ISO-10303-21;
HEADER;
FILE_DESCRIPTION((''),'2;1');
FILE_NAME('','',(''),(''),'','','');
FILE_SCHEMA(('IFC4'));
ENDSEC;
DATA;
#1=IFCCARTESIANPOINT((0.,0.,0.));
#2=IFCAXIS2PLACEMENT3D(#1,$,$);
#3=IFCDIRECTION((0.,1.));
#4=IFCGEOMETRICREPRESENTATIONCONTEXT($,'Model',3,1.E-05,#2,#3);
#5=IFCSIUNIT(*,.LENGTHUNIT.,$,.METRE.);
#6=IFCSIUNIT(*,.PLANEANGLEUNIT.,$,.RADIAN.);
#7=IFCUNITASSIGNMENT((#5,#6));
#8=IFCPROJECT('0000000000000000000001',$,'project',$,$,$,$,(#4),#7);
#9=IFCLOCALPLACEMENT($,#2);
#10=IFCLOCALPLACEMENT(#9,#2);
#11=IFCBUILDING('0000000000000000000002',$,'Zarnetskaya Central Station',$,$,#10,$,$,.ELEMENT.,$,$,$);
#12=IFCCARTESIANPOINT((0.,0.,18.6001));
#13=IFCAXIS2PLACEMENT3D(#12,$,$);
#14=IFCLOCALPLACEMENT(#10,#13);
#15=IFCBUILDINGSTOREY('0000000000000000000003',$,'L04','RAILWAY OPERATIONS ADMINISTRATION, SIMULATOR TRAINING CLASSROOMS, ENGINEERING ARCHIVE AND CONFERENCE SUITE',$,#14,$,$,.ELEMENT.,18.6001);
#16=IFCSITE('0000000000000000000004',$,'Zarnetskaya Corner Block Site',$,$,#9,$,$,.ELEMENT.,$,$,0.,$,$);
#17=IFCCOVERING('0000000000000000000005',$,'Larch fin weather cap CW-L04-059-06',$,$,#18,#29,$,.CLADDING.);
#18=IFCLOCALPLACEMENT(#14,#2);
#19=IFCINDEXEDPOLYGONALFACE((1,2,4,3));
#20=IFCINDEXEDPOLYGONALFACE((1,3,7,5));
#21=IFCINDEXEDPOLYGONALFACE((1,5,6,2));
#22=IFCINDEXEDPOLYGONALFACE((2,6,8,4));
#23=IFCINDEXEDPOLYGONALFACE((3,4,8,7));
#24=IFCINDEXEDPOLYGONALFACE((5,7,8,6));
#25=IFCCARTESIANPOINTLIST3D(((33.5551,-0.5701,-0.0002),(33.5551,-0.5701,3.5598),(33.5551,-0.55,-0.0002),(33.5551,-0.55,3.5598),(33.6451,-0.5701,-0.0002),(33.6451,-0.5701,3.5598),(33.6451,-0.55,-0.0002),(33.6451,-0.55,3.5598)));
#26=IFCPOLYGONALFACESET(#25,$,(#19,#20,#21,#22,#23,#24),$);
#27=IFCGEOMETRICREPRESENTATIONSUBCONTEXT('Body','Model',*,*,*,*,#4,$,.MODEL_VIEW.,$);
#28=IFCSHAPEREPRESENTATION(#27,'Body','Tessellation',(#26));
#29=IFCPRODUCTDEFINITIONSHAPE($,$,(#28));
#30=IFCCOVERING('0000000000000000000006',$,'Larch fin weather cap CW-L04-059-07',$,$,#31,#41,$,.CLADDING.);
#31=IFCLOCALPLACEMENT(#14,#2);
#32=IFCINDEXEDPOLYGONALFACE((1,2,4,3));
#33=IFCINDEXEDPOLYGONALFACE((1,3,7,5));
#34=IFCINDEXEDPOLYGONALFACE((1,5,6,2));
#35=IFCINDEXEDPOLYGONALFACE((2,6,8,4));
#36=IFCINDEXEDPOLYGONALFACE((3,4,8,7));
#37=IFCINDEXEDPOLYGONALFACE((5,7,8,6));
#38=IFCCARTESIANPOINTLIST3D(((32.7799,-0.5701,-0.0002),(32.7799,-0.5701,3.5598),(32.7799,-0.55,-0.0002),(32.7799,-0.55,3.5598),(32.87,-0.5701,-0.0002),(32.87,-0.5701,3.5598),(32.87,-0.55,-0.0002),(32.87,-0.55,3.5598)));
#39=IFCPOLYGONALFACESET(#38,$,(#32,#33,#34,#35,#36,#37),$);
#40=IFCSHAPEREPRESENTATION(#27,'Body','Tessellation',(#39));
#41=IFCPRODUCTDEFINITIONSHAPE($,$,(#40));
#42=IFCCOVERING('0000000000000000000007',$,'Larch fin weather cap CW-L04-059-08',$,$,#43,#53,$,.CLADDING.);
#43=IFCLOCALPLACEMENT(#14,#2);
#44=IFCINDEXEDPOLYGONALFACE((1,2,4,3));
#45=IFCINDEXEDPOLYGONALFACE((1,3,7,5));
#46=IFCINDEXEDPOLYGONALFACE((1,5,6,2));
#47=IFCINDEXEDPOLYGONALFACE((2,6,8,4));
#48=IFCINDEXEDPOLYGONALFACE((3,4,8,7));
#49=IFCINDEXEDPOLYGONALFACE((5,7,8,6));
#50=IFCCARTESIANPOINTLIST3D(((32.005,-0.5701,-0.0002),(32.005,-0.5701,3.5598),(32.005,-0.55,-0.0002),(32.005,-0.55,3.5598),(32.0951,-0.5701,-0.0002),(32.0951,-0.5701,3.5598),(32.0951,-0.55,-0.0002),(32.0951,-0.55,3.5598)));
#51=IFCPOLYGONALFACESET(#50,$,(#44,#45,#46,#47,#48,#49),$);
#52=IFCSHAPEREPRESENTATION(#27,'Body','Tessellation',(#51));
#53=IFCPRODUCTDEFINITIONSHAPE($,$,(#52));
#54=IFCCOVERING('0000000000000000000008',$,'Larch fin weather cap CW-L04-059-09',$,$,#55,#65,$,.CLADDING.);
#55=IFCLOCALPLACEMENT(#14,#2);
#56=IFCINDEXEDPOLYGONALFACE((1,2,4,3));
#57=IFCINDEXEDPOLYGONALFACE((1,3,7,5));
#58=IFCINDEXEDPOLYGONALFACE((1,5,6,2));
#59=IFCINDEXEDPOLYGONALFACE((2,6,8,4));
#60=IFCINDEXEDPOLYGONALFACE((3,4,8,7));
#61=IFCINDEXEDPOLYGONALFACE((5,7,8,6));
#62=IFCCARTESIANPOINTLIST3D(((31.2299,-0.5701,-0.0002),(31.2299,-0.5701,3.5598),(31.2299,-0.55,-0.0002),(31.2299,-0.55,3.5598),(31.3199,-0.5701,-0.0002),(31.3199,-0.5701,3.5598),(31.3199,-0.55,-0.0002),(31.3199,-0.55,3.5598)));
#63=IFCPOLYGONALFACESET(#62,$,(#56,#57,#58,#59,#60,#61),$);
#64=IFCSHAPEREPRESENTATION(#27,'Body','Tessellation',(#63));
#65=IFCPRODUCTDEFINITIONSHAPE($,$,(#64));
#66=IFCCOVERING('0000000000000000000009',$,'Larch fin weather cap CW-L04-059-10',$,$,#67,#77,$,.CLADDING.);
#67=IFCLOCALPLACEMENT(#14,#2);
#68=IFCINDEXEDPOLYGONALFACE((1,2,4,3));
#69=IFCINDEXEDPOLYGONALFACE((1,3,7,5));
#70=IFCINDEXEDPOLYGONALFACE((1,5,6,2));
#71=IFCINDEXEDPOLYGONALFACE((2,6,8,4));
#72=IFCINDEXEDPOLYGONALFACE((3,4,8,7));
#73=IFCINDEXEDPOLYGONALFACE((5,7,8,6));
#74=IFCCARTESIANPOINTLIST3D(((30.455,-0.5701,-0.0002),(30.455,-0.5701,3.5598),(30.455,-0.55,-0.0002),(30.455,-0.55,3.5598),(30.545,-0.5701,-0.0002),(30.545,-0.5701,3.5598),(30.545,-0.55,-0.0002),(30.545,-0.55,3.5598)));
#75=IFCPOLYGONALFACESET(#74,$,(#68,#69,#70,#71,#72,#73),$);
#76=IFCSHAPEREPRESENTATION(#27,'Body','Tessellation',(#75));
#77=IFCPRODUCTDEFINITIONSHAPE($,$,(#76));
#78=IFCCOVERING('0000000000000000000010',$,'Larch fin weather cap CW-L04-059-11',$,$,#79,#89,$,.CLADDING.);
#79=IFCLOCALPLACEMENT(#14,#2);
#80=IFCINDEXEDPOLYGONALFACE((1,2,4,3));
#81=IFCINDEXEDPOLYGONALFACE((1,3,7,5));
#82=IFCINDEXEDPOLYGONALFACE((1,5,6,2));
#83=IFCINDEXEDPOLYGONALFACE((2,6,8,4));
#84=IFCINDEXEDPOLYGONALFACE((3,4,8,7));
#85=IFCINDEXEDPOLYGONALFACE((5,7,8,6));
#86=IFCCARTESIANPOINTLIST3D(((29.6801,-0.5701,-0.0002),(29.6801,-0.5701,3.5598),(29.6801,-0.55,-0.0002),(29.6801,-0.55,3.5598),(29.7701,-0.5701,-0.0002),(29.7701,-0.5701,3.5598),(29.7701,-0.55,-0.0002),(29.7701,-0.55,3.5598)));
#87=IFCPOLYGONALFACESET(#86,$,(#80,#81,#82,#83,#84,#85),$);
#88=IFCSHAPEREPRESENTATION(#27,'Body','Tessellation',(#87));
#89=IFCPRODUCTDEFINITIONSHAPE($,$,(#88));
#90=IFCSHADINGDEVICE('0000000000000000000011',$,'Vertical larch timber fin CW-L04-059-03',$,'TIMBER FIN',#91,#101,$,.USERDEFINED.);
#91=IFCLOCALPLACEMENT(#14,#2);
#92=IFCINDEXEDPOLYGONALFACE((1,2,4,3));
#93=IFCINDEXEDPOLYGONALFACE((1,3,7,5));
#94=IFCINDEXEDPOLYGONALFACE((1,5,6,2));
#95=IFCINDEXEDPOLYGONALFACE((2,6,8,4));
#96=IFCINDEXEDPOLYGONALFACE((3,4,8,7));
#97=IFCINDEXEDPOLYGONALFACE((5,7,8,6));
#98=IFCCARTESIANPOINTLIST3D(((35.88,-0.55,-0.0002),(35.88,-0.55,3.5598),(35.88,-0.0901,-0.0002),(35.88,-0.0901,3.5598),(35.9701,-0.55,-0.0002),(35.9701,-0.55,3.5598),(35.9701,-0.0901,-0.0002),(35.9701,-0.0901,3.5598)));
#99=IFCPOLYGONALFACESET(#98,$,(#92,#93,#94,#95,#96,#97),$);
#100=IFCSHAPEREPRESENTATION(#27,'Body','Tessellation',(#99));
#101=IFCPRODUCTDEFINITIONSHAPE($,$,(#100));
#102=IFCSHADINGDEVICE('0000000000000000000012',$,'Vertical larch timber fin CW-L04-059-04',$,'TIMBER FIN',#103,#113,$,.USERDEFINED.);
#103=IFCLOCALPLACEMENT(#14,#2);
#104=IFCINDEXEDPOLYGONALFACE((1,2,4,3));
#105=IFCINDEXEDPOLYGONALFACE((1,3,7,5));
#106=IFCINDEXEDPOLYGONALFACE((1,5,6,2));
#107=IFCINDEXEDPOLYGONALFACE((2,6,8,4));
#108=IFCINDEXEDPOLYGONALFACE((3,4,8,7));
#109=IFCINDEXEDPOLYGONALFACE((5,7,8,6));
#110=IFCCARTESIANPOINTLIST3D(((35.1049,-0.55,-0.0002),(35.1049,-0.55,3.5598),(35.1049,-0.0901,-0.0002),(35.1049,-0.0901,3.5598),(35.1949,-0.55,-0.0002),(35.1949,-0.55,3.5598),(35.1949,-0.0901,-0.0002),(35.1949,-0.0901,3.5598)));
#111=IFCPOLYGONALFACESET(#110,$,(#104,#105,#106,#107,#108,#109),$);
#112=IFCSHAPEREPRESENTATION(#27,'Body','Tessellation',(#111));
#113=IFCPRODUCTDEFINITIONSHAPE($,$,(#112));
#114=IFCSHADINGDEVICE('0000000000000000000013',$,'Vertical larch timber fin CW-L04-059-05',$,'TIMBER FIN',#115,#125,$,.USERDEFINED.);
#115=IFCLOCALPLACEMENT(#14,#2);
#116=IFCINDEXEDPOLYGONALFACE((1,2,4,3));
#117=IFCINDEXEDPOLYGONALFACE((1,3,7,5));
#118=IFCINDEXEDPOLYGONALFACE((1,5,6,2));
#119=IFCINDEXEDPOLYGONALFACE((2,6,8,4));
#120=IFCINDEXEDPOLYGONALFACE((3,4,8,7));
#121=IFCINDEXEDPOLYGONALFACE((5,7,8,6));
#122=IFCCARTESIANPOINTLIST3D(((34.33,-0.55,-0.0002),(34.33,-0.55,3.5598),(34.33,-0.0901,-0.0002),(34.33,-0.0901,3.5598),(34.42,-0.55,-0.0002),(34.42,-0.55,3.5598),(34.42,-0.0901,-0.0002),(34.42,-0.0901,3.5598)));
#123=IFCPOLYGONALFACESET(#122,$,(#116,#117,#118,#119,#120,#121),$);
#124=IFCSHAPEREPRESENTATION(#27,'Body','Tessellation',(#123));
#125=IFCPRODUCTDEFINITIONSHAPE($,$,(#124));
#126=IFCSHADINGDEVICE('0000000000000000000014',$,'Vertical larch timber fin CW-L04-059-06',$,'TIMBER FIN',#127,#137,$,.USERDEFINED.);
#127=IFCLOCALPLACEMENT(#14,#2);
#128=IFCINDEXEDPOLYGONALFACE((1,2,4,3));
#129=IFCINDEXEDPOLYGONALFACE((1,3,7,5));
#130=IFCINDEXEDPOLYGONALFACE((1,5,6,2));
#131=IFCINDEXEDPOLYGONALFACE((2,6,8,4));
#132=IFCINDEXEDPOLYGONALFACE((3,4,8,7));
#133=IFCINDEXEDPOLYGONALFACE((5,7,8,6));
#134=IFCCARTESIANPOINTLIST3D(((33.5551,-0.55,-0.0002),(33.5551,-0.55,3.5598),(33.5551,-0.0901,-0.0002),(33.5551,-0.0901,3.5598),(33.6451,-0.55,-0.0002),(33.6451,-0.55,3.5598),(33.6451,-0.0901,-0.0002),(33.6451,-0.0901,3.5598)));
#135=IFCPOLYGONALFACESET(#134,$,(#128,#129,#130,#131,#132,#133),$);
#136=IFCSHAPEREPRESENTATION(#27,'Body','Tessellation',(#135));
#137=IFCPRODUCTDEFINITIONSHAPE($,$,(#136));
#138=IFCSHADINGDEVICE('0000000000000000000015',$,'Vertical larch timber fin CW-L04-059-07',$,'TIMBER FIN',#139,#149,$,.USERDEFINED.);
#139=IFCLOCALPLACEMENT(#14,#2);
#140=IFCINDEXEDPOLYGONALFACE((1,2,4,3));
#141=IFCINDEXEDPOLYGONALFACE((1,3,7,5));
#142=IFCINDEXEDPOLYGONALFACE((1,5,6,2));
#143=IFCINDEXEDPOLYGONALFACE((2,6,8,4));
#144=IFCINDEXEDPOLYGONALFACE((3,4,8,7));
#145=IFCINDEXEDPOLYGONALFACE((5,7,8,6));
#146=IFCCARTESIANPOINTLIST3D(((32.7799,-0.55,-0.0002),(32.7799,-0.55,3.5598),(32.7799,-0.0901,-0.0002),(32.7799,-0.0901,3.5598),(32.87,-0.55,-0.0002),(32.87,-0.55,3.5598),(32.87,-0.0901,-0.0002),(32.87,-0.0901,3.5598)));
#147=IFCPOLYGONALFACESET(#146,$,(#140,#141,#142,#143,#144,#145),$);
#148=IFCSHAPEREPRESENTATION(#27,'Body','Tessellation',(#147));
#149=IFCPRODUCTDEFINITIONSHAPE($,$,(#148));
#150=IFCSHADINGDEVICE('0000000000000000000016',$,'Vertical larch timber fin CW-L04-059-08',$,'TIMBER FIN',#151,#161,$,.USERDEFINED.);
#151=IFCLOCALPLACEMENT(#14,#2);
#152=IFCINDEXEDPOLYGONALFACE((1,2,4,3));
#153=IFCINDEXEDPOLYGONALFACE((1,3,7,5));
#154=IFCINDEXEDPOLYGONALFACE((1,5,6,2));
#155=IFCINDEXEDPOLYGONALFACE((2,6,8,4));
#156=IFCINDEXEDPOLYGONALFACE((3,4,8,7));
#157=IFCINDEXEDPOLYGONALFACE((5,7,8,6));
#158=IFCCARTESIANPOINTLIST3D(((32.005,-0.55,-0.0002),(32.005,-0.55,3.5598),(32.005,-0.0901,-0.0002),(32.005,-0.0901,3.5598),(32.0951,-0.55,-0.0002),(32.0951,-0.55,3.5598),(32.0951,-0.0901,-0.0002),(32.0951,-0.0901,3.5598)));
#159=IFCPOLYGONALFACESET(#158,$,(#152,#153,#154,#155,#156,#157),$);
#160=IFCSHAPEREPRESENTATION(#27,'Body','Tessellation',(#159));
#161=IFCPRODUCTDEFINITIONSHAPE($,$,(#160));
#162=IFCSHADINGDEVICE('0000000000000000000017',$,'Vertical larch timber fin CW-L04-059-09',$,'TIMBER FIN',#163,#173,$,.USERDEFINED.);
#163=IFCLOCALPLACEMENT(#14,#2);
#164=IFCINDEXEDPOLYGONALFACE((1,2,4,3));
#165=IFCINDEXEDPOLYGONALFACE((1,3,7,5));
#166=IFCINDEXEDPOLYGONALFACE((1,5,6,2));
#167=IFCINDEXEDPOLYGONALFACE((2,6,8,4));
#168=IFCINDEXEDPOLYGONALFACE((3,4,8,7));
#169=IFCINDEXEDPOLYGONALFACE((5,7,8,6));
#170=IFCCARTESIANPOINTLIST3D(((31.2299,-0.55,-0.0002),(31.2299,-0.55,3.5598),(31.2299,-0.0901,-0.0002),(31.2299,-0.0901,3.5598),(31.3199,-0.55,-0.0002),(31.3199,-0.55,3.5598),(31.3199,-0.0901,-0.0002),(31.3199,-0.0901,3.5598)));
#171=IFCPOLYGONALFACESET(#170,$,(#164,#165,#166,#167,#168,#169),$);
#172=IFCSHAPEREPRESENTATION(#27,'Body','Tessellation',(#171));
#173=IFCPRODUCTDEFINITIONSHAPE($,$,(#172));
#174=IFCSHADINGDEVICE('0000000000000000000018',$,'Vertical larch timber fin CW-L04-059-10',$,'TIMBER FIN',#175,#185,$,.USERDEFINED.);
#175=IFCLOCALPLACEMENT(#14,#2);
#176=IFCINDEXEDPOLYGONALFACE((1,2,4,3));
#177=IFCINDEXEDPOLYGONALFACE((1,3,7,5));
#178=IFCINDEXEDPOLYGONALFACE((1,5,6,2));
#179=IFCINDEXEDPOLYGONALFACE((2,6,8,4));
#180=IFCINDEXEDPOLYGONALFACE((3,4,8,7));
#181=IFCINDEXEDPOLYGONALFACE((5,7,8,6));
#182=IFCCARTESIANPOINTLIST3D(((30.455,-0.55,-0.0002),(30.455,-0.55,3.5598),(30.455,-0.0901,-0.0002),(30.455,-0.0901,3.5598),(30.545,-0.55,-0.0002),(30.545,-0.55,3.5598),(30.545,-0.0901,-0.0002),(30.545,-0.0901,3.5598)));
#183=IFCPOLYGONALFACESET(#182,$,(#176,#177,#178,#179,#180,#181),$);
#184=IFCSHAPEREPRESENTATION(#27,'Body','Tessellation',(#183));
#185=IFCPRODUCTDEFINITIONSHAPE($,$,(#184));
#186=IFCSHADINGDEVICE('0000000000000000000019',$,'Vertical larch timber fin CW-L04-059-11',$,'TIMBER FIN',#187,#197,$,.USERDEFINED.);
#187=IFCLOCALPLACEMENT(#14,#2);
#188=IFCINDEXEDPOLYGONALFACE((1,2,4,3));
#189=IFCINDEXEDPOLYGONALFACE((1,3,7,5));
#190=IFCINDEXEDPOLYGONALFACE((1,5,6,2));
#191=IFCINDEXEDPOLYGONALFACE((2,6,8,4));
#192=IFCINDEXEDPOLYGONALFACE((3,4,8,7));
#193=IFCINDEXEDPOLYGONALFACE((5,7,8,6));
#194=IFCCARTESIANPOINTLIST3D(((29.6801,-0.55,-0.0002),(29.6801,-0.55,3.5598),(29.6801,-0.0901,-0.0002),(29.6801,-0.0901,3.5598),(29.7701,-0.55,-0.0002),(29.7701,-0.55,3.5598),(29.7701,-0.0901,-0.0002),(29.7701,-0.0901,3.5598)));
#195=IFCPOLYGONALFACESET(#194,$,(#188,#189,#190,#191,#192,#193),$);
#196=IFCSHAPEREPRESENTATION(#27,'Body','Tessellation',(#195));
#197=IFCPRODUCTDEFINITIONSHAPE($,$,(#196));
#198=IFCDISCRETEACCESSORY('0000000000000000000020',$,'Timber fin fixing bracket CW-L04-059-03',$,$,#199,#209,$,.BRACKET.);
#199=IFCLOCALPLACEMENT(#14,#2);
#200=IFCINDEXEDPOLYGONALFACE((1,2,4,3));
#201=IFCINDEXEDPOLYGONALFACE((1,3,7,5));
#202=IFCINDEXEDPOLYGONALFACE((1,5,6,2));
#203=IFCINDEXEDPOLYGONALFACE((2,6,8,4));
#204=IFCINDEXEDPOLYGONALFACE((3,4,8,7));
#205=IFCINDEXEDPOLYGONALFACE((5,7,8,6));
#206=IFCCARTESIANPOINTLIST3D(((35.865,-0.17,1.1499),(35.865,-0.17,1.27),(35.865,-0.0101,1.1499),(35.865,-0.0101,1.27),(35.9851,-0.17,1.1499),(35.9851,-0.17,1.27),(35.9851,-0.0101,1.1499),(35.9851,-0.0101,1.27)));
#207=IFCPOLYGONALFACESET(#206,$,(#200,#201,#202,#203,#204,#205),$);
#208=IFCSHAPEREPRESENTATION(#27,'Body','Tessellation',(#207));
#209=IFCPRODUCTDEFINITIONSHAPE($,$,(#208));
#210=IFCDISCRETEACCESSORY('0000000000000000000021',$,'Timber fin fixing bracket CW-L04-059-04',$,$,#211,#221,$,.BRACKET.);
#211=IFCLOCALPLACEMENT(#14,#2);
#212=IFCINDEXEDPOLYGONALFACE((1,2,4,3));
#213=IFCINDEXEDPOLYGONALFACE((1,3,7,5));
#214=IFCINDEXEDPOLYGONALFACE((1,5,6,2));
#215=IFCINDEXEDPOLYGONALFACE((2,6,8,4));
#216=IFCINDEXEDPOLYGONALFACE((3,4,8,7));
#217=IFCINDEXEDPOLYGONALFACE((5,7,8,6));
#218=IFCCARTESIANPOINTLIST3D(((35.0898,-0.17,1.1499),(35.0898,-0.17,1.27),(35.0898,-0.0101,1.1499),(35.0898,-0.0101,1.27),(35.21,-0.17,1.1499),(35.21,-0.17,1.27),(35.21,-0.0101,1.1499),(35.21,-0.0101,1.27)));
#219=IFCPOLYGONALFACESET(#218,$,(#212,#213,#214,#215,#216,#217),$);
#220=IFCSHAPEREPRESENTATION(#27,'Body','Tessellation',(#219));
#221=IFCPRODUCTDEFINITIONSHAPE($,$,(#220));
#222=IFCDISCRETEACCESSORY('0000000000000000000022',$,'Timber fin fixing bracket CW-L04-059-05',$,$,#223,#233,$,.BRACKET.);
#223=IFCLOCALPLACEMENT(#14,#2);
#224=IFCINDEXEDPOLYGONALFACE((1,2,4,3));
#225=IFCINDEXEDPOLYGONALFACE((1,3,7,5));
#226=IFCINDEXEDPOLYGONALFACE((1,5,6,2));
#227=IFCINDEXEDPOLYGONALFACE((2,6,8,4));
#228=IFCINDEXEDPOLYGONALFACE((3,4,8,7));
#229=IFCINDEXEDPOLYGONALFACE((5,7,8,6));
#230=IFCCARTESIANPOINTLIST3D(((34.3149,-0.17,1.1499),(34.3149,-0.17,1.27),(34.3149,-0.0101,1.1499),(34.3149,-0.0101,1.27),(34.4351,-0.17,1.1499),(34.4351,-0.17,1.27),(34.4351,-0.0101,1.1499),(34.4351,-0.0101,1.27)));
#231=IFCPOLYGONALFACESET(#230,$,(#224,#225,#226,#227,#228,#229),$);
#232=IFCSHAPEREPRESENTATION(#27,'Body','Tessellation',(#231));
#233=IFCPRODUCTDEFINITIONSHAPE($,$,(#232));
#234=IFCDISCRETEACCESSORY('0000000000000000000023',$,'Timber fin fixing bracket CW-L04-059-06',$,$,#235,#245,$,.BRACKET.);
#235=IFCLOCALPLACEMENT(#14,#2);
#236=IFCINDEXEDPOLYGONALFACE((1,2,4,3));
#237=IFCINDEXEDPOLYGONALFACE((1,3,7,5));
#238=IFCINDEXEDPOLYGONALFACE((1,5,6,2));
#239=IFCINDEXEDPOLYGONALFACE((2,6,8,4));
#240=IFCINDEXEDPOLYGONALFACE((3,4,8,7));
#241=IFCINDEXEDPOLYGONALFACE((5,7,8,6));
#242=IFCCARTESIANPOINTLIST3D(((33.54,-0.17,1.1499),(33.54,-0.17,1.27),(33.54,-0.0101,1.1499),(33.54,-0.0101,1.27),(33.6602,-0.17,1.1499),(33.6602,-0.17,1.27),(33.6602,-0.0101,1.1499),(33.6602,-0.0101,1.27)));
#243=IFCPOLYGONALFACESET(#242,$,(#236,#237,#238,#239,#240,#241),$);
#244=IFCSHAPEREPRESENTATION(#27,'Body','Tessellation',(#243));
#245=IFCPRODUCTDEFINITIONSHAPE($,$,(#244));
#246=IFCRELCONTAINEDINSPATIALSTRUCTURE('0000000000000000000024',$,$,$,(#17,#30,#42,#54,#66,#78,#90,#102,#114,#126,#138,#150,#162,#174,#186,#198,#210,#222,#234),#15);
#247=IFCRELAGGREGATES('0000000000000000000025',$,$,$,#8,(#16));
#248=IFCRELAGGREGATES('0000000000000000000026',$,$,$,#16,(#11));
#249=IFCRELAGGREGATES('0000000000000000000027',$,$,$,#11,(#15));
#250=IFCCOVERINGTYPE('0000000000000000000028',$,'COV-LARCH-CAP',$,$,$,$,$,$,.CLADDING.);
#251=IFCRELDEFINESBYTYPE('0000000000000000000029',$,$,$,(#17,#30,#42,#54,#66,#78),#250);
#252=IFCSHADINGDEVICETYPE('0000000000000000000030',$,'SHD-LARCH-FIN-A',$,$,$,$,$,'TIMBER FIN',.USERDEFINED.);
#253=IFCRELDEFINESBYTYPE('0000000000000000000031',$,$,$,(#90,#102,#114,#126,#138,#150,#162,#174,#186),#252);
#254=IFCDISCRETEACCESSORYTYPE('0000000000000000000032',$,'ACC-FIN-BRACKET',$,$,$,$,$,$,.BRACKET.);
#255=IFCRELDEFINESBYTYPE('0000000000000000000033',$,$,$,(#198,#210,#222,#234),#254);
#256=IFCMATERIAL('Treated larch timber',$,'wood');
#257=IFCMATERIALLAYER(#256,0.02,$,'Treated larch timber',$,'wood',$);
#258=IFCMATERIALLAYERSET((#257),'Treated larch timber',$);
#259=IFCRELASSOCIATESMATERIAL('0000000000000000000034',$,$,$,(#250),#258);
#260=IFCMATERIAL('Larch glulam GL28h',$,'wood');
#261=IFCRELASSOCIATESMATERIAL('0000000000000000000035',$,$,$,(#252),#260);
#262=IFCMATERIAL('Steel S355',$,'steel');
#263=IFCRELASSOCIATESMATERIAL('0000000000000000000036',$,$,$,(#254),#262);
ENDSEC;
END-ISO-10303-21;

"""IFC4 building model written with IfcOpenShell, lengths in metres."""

from ifc_helpers import new_model, si_unit, direction, frame, origin, origin_2d, place, context, subcontext, project, spatial, rectangle, extrude, material, layer, layer_set, type_object, element, save


model = new_model("IFC4")

# Units and contexts
model_context = context("Model", 3, precision=1e-05, world=origin(), true_north=direction((0.0, 1.0)))
body_context = subcontext(model_context, "Body", "Model", "MODEL_VIEW")
ifc_project = project(units=[si_unit("LENGTHUNIT", "METRE"), si_unit("PLANEANGLEUNIT", "RADIAN")], contexts=[model_context])

# Site, building, storey
site_placement = place(None, origin())
site = spatial("IfcSite", under=ifc_project, at=site_placement, Name="Zarnetskaya Corner Block Site", CompositionType="ELEMENT", RefElevation=0.0)
building_placement = place(site_placement, origin())
building = spatial("IfcBuilding", under=site, at=building_placement, Name="Zarnetskaya Central Station", CompositionType="ELEMENT")
storey_placement = place(building_placement, frame((0.0, 0.0, 18.6001)))
storey = spatial("IfcBuildingStorey", under=building, at=storey_placement, Name="L04", Description="RAILWAY OPERATIONS ADMINISTRATION, SIMULATOR TRAINING CLASSROOMS, ENGINEERING ARCHIVE AND CONFERENCE SUITE", CompositionType="ELEMENT", Elevation=18.6001)

# Coverings
ifc_material_1 = material(Name="Treated larch timber", Category="wood")
ifc_layer_1 = layer(ifc_material_1, 0.02, Name="Treated larch timber", Category="wood")
ifc_layer_set_1 = layer_set([ifc_layer_1], Name="Treated larch timber")
covering_type = type_object("IfcCoveringType", Name="COV-LARCH-CAP", PredefinedType="CLADDING", material=ifc_layer_set_1)
for number, where, z_axis, x_axis, name in (
    (1, (33.6001, -0.5601, -0.0002), (0.0, 0.0, 1.0), (-1.0, 0.0, 0.0), "Larch fin weather cap CW-L04-059-06"),
    (2, (32.825, -0.5601, -0.0002), (0.0, 0.0, 1.0), (-1.0, 0.0, 0.0), "Larch fin weather cap CW-L04-059-07"),
    (3, (32.05, -0.5601, -0.0002), (0.0, 0.0, 1.0), (-1.0, 0.0, 0.0), "Larch fin weather cap CW-L04-059-08"),
    (4, (31.2749, -0.5601, -0.0002), (0.0, 0.0, 1.0), (-1.0, 0.0, 0.0), "Larch fin weather cap CW-L04-059-09"),
    (5, (30.5, -0.5601, -0.0002), (0.0, 0.0, 1.0), (-1.0, 0.0, 0.0), "Larch fin weather cap CW-L04-059-10"),
    (6, (29.7251, -0.5601, -0.0002), (0.0, 0.0, 1.0), (-1.0, 0.0, 0.0), "Larch fin weather cap CW-L04-059-11"),
):
    element("IfcCovering", number, at=place(storey_placement, frame(where, z_axis=z_axis, x_axis=x_axis)), inside=storey, type_object=covering_type, Name=name, PredefinedType="CLADDING", context=body_context, shape_type="SweptSolid", body=[
        extrude(rectangle(XDim=0.0901, YDim=0.02, at=origin_2d()), origin(), (0.0, 0.0, 1.0), 3.5601),
    ])

# Shading devices
ifc_material_2 = material(Name="Larch glulam GL28h", Category="wood")
shading_device_type = type_object("IfcShadingDeviceType", Name="SHD-LARCH-FIN-A", ElementType="TIMBER FIN", PredefinedType="USERDEFINED", material=ifc_material_2)
for number, where, z_axis, x_axis, name in (
    (7, (35.925, -0.3201, -0.0002), (0.0, 0.0, 1.0), (-1.0, 0.0, 0.0), "Vertical larch timber fin CW-L04-059-03"),
    (8, (35.1499, -0.3201, -0.0002), (0.0, 0.0, 1.0), (-1.0, 0.0, 0.0), "Vertical larch timber fin CW-L04-059-04"),
    (9, (34.375, -0.3201, -0.0002), (0.0, 0.0, 1.0), (-1.0, 0.0, 0.0), "Vertical larch timber fin CW-L04-059-05"),
    (10, (33.6001, -0.3201, -0.0002), (0.0, 0.0, 1.0), (-1.0, 0.0, 0.0), "Vertical larch timber fin CW-L04-059-06"),
    (11, (32.825, -0.3201, -0.0002), (0.0, 0.0, 1.0), (-1.0, 0.0, 0.0), "Vertical larch timber fin CW-L04-059-07"),
    (12, (32.05, -0.3201, -0.0002), (0.0, 0.0, 1.0), (-1.0, 0.0, 0.0), "Vertical larch timber fin CW-L04-059-08"),
    (13, (31.2749, -0.3201, -0.0002), (0.0, 0.0, 1.0), (-1.0, 0.0, 0.0), "Vertical larch timber fin CW-L04-059-09"),
    (14, (30.5, -0.3201, -0.0002), (0.0, 0.0, 1.0), (-1.0, 0.0, 0.0), "Vertical larch timber fin CW-L04-059-10"),
    (15, (29.7251, -0.3201, -0.0002), (0.0, 0.0, 1.0), (-1.0, 0.0, 0.0), "Vertical larch timber fin CW-L04-059-11"),
):
    element("IfcShadingDevice", number, at=place(storey_placement, frame(where, z_axis=z_axis, x_axis=x_axis)), inside=storey, type_object=shading_device_type, Name=name, ObjectType="TIMBER FIN", PredefinedType="USERDEFINED", context=body_context, shape_type="SweptSolid", body=[
        extrude(rectangle(XDim=0.0901, YDim=0.46, at=origin_2d()), origin(), (0.0, 0.0, 1.0), 3.5601),
    ])

# Discrete accessories
ifc_material_3 = material(Name="Steel S355", Category="steel")
discrete_accessory_type = type_object("IfcDiscreteAccessoryType", Name="ACC-FIN-BRACKET", PredefinedType="BRACKET", material=ifc_material_3)
for number, where, z_axis, x_axis, name in (
    (16, (35.925, -0.0901, 1.1499), (0.0, 0.0, 1.0), (-1.0, 0.0, 0.0), "Timber fin fixing bracket CW-L04-059-03"),
    (17, (35.1499, -0.0901, 1.1499), (0.0, 0.0, 1.0), (-1.0, 0.0, 0.0), "Timber fin fixing bracket CW-L04-059-04"),
    (18, (34.375, -0.0901, 1.1499), (0.0, 0.0, 1.0), (-1.0, 0.0, 0.0), "Timber fin fixing bracket CW-L04-059-05"),
    (19, (33.6001, -0.0901, 1.1499), (0.0, 0.0, 1.0), (-1.0, 0.0, 0.0), "Timber fin fixing bracket CW-L04-059-06"),
):
    element("IfcDiscreteAccessory", number, at=place(storey_placement, frame(where, z_axis=z_axis, x_axis=x_axis)), inside=storey, type_object=discrete_accessory_type, Name=name, PredefinedType="BRACKET", context=body_context, shape_type="SweptSolid", body=[
        extrude(rectangle(XDim=0.1201, YDim=0.1599, at=origin_2d()), origin(), (0.0, 0.0, 1.0), 0.1201),
    ])

save(model, "model.ifc")
